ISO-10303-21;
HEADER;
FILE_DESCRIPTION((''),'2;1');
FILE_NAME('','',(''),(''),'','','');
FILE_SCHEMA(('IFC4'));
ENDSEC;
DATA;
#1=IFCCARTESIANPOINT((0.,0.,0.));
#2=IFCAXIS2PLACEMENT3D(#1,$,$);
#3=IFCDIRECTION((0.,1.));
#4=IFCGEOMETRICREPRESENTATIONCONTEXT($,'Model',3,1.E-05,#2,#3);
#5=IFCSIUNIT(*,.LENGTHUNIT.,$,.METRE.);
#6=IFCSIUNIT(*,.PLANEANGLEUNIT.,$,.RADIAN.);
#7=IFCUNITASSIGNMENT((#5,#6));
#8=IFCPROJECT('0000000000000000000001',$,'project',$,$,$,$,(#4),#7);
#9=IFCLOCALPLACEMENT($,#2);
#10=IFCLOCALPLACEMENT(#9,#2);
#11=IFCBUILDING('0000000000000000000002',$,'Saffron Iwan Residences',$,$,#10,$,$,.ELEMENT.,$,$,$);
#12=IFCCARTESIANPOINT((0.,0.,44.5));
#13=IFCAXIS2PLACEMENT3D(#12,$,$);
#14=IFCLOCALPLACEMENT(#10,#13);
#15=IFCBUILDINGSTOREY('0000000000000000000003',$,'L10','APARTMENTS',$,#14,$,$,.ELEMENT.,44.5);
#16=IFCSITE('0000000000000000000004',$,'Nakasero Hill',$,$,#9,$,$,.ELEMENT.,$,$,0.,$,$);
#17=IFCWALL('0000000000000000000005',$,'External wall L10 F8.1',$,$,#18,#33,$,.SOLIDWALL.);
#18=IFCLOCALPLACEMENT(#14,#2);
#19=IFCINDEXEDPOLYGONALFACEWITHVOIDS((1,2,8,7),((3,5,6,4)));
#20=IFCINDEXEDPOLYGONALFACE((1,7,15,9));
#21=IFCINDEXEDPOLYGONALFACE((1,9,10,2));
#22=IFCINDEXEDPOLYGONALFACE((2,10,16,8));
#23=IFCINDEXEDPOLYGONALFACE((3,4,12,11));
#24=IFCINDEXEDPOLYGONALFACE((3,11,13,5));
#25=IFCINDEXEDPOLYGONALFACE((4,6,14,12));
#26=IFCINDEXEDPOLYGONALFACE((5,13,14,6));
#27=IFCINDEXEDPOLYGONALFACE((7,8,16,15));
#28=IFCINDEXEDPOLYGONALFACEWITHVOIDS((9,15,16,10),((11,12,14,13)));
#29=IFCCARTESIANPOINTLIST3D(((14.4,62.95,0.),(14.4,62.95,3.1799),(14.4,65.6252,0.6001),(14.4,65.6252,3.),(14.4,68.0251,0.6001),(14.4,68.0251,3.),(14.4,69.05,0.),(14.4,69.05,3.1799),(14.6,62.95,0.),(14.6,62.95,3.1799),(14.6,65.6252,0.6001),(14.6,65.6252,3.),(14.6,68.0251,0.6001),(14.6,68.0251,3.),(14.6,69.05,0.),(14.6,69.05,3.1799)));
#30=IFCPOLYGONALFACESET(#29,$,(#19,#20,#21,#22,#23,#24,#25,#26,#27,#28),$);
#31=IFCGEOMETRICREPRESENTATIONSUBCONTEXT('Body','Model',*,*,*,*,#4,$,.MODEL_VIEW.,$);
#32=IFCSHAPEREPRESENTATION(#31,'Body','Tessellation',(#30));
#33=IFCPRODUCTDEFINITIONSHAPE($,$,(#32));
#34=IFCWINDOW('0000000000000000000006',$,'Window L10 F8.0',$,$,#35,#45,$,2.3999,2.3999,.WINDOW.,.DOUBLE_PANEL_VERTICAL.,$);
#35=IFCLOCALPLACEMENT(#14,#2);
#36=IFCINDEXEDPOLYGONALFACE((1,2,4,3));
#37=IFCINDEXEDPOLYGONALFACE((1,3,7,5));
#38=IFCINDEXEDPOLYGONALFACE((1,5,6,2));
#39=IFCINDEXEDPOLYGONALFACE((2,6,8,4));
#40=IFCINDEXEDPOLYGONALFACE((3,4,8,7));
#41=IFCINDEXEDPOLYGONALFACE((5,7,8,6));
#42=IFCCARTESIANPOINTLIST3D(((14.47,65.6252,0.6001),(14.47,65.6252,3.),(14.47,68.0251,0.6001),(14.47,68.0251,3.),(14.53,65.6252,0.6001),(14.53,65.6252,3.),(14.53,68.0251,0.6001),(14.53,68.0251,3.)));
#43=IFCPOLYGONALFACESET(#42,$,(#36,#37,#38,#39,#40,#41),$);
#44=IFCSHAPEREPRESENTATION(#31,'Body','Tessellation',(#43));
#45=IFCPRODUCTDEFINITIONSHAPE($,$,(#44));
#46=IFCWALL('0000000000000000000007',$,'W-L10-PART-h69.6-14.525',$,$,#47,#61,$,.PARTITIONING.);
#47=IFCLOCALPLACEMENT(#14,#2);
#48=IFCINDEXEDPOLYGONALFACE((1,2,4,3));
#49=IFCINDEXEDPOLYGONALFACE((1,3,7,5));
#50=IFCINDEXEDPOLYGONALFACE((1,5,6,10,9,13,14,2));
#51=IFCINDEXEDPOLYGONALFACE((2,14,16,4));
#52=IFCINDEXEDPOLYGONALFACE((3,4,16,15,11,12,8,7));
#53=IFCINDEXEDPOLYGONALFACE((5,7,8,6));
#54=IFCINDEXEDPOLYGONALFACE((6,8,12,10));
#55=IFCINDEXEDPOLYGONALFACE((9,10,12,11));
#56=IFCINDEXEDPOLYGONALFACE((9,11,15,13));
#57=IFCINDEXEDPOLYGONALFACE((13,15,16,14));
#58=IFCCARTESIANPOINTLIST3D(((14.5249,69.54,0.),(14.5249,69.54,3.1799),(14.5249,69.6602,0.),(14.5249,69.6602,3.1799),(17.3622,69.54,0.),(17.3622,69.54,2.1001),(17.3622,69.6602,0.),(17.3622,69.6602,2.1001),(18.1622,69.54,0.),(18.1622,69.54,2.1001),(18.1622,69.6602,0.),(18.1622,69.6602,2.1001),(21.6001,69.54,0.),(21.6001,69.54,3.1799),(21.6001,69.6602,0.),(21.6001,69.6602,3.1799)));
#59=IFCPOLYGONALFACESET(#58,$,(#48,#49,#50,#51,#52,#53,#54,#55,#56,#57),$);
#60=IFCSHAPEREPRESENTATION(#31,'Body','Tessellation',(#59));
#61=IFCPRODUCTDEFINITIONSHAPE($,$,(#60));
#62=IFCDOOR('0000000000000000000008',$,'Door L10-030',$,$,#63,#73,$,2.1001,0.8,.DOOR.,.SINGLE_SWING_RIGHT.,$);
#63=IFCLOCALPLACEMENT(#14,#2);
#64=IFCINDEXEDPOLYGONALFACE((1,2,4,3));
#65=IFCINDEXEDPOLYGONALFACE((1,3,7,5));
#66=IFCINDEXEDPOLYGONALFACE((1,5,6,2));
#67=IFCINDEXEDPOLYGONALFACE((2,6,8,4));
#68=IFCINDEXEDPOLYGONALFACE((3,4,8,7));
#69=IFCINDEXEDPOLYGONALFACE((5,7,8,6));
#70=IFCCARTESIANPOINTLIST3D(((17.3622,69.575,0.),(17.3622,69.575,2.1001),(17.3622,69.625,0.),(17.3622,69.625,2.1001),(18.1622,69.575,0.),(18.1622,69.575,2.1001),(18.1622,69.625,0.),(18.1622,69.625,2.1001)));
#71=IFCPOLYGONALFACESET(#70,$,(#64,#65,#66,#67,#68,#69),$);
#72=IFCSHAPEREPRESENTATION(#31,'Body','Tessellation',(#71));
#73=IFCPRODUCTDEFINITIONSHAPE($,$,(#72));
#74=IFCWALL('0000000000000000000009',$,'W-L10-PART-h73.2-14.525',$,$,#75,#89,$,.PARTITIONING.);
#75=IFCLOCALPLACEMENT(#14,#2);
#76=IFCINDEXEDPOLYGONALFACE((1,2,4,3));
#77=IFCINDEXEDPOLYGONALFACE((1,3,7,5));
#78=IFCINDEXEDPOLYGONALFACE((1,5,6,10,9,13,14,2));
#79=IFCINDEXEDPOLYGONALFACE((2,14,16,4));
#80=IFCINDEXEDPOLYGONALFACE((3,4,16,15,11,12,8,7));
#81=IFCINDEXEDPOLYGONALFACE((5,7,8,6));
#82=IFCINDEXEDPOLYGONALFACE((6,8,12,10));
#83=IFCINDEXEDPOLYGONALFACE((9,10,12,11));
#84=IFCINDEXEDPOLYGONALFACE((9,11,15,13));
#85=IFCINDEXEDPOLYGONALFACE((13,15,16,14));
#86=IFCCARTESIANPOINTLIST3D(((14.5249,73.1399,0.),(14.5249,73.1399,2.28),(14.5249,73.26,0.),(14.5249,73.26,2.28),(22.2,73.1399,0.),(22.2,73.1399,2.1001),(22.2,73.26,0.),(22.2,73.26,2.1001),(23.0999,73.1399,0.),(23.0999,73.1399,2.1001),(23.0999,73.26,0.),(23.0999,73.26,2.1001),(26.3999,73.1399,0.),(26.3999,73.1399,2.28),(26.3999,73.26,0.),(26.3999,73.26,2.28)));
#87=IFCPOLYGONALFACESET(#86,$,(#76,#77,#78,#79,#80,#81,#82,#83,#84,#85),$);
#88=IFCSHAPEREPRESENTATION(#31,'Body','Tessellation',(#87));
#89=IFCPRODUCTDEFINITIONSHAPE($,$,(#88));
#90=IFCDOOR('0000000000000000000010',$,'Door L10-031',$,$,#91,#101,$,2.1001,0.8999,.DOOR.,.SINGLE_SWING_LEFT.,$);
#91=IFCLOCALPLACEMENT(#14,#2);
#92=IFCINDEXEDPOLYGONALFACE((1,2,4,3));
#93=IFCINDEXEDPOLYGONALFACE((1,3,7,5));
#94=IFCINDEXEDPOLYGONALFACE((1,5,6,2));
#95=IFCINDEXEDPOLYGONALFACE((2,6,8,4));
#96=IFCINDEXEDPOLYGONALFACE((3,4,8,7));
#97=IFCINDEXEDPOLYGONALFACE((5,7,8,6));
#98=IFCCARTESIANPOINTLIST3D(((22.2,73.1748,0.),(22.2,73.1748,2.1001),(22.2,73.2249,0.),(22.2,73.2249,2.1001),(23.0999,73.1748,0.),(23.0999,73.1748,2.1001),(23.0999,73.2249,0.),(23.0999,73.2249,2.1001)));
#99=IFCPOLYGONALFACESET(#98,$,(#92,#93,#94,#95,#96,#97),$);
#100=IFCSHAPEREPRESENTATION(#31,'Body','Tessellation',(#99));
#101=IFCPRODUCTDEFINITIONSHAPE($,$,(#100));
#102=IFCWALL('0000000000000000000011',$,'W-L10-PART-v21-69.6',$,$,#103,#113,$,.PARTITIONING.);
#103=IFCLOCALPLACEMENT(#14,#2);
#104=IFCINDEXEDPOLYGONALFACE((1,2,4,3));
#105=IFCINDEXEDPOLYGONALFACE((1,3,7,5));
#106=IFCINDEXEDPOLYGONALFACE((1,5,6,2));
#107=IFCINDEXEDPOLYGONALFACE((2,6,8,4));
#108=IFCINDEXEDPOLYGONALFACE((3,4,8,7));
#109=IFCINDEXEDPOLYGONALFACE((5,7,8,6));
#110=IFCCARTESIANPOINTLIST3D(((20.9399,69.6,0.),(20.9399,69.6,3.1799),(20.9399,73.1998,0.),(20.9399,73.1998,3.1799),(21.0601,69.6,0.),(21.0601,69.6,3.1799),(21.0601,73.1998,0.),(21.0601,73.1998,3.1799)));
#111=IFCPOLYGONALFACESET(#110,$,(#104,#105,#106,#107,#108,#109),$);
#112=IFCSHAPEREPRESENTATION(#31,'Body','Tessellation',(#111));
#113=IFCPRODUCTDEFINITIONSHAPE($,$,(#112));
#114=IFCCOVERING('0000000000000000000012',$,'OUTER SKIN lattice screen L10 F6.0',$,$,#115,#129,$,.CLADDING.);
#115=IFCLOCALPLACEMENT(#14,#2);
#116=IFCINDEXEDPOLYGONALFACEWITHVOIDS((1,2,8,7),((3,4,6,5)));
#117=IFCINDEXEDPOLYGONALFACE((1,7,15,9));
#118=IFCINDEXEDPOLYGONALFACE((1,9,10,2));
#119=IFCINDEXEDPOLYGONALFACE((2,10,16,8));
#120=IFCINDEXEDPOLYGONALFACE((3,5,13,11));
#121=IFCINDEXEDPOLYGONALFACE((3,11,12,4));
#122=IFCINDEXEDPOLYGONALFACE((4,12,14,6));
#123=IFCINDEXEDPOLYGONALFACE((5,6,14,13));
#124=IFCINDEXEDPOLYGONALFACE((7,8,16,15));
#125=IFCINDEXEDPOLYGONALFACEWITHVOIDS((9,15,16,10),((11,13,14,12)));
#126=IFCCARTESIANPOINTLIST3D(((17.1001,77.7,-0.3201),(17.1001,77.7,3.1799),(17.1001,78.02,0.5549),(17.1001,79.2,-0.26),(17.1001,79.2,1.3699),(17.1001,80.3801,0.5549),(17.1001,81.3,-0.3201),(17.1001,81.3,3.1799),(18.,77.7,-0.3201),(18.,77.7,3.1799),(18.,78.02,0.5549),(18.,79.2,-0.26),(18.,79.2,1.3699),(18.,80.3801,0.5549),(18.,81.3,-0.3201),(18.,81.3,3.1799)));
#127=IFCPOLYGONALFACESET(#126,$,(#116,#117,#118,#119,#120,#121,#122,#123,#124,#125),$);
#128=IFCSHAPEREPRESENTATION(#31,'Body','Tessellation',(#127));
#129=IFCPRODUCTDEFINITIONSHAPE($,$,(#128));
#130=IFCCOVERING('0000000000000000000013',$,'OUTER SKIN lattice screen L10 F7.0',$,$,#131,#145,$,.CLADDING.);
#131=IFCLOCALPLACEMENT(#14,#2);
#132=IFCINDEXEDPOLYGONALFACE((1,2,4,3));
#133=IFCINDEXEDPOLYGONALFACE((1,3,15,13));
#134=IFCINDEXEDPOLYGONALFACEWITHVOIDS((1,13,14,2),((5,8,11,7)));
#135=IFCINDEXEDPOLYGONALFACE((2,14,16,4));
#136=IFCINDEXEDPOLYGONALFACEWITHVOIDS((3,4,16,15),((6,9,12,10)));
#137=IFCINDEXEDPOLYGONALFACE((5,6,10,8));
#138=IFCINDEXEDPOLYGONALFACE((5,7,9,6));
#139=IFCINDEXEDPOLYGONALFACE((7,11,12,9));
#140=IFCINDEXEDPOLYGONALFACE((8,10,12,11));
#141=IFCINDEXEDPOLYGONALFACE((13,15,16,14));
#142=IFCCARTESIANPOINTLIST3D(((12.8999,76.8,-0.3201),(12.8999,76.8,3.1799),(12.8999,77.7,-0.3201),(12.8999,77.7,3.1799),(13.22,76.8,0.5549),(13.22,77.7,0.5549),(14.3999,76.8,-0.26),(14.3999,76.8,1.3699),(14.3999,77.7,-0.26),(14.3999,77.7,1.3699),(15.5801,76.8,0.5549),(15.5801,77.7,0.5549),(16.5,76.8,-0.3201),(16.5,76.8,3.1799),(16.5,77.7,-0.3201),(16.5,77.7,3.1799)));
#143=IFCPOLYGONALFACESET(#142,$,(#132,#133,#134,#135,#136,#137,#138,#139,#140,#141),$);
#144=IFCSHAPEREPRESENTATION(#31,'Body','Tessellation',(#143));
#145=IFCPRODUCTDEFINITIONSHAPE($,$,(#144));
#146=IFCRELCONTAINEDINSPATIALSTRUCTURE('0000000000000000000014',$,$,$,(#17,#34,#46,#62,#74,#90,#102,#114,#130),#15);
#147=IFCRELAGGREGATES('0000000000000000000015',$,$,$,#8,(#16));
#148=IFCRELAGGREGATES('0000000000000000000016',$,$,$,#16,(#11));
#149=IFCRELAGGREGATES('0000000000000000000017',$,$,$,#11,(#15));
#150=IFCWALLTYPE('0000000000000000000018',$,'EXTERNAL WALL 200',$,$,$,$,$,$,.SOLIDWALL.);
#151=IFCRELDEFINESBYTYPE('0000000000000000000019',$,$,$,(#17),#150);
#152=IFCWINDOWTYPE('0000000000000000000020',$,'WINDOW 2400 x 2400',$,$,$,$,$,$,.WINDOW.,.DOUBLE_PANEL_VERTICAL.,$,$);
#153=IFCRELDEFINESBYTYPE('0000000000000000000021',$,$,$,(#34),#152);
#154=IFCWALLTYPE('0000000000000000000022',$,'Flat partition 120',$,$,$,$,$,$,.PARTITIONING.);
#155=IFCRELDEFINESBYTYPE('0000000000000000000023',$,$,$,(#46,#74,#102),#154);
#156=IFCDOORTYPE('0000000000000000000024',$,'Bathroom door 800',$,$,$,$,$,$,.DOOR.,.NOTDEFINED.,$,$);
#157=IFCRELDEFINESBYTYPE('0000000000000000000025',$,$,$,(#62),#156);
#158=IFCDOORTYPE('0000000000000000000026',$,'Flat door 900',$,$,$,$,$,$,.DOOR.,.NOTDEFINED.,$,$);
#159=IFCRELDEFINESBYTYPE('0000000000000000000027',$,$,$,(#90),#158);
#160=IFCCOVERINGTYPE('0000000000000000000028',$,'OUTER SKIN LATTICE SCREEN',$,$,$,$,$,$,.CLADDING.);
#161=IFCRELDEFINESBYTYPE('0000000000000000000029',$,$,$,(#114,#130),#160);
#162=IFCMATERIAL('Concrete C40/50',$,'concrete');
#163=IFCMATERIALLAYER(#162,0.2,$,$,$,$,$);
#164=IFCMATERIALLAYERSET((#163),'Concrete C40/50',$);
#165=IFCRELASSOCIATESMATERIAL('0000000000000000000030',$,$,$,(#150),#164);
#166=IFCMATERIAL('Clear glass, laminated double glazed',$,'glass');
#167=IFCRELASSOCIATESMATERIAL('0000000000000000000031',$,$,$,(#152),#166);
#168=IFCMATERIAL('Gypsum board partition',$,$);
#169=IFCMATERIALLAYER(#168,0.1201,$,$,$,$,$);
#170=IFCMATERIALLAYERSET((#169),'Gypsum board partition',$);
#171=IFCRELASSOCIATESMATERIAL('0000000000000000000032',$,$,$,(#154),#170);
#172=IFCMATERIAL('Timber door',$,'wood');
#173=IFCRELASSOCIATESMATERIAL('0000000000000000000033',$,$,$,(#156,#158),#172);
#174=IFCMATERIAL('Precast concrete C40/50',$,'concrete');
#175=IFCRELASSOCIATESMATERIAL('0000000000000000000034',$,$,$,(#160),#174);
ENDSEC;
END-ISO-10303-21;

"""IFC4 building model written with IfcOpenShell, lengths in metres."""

from ifc_helpers import new_model, si_unit, direction, frame, frame_2d, origin, place, context, subcontext, project, spatial, polyline, rectangle, outline, extrude, material, layer, layer_set, type_object, element, fill, save


model = new_model("IFC4")

# Units and contexts
model_context = context("Model", 3, precision=1e-05, world=origin(), true_north=direction((0.0, 1.0)))
body_context = subcontext(model_context, "Body", "Model", "MODEL_VIEW")
ifc_project = project(units=[si_unit("LENGTHUNIT", "METRE"), si_unit("PLANEANGLEUNIT", "RADIAN")], contexts=[model_context])

# Site, building, storey
site_placement = place(None, origin())
site = spatial("IfcSite", under=ifc_project, at=site_placement, Name="Nakasero Hill", CompositionType="ELEMENT", RefElevation=0.0)
building_placement = place(site_placement, origin())
building = spatial("IfcBuilding", under=site, at=building_placement, Name="Saffron Iwan Residences", CompositionType="ELEMENT")
storey_placement = place(building_placement, frame((0.0, 0.0, 44.5)))
storey = spatial("IfcBuildingStorey", under=building, at=storey_placement, Name="L10", Description="APARTMENTS", CompositionType="ELEMENT", Elevation=44.5)

# Shared definitions
ifc_material_1 = material(Name="Concrete C40/50", Category="concrete")
ifc_layer_1 = layer(ifc_material_1, 0.2)
ifc_layer_set_1 = layer_set([ifc_layer_1], Name="Concrete C40/50")
wall_type_1 = type_object("IfcWallType", Name="EXTERNAL WALL 200", PredefinedType="SOLIDWALL", material=ifc_layer_set_1)
ifc_material_2 = material(Name="Clear glass, laminated double glazed", Category="glass")
window_type_1 = type_object("IfcWindowType", Name="WINDOW 2400 x 2400", PartitioningType="DOUBLE_PANEL_VERTICAL", PredefinedType="WINDOW", material=ifc_material_2)

# Wall, opening, window
wall_1_placement = place(storey_placement, frame((14.5, 69.05, 0.0), z_axis=(0.0, 0.0, 1.0), x_axis=(0.0, -1.0, 0.0)))
wall_1 = element("IfcWall", 1, at=wall_1_placement, inside=storey, type_object=wall_type_1, Name="External wall L10 F8.1", PredefinedType="SOLIDWALL", context=body_context, shape_type="SweptSolid", body=[
    extrude(rectangle(XDim=6.1001, YDim=0.2, at=frame_2d((3.05, 0.0))), origin(), (0.0, 0.0, 1.0), 3.1799),
])
opening_1_placement = place(wall_1_placement, frame((1.0249, 0.0, 0.6001)))
opening_1 = element("IfcOpeningElement", 2, at=opening_1_placement, cuts=wall_1, PredefinedType="OPENING", context=body_context, shape_type="SweptSolid", body=[
    extrude(rectangle(XDim=2.3999, YDim=2.3999, at=frame_2d((1.2, 1.2))), frame((0.0, 0.1099, 0.0), z_axis=(0.0, -1.0, 0.0), x_axis=(1.0, 0.0, 0.0)), (0.0, 0.0, 1.0), 0.22),
])
window_1_placement = place(opening_1_placement, origin())
window_1 = element("IfcWindow", 3, at=window_1_placement, inside=storey, type_object=window_type_1, Name="Window L10 F8.0", OverallHeight=2.3999, OverallWidth=2.3999, PartitioningType="DOUBLE_PANEL_VERTICAL", PredefinedType="WINDOW", context=body_context, shape_type="SweptSolid", body=[
    extrude(rectangle(XDim=2.3999, YDim=2.3999, at=frame_2d((1.2, 1.2))), frame((0.0, 0.03, 0.0), z_axis=(0.0, -1.0, 0.0), x_axis=(1.0, 0.0, 0.0)), (0.0, 0.0, 1.0), 0.0601),
])
fill(opening_1, window_1)

# Walls, openings, doors
ifc_material_3 = material(Name="Gypsum board partition")
ifc_layer_2 = layer(ifc_material_3, 0.1201)
ifc_layer_set_2 = layer_set([ifc_layer_2], Name="Gypsum board partition")
wall_type_2 = type_object("IfcWallType", Name="Flat partition 120", PredefinedType="PARTITIONING", material=ifc_layer_set_2)
wall_2_placement = place(storey_placement, frame((14.5249, 69.6001, 0.0), z_axis=(0.0, 0.0, 1.0), x_axis=(1.0, 0.0, 0.0)))
wall_2 = element("IfcWall", 4, at=wall_2_placement, inside=storey, type_object=wall_type_2, Name="W-L10-PART-h69.6-14.525", PredefinedType="PARTITIONING", context=body_context, shape_type="SweptSolid", body=[
    extrude(rectangle(XDim=7.0752, YDim=0.1201, at=frame_2d((3.5376, 0.0))), origin(), (0.0, 0.0, 1.0), 3.1799),
])
opening_2_placement = place(wall_2_placement, frame((2.8374, 0.0, 0.0)))
opening_2 = element("IfcOpeningElement", 5, at=opening_2_placement, cuts=wall_2, PredefinedType="OPENING", context=body_context, shape_type="SweptSolid", body=[
    extrude(rectangle(XDim=0.8, YDim=2.1001, at=frame_2d((0.3999, 1.05))), frame((0.0, 0.0701, 0.0), z_axis=(0.0, -1.0, 0.0), x_axis=(1.0, 0.0, 0.0)), (0.0, 0.0, 1.0), 0.1401),
])
ifc_material_4 = material(Name="Timber door", Category="wood")
door_type_1 = type_object("IfcDoorType", Name="Bathroom door 800", OperationType="NOTDEFINED", PredefinedType="DOOR", material=ifc_material_4)
door_1_placement = place(opening_2_placement, origin())
door_1 = element("IfcDoor", 6, at=door_1_placement, inside=storey, type_object=door_type_1, Name="Door L10-030", OperationType="SINGLE_SWING_RIGHT", OverallHeight=2.1001, OverallWidth=0.8, PredefinedType="DOOR", context=body_context, shape_type="SweptSolid", body=[
    extrude(rectangle(XDim=0.8, YDim=2.1001, at=frame_2d((0.3999, 1.05))), frame((0.0, 0.0249, 0.0), z_axis=(0.0, -1.0, 0.0), x_axis=(1.0, 0.0, 0.0)), (0.0, 0.0, 1.0), 0.05),
])
fill(opening_2, door_1)
wall_3_placement = place(storey_placement, frame((14.5249, 73.2, 0.0), z_axis=(0.0, 0.0, 1.0), x_axis=(1.0, 0.0, 0.0)))
wall_3 = element("IfcWall", 7, at=wall_3_placement, inside=storey, type_object=wall_type_2, Name="W-L10-PART-h73.2-14.525", PredefinedType="PARTITIONING", context=body_context, shape_type="SweptSolid", body=[
    extrude(rectangle(XDim=11.875, YDim=0.1201, at=frame_2d((5.9375, 0.0))), origin(), (0.0, 0.0, 1.0), 2.28),
])
opening_3_placement = place(wall_3_placement, frame((7.675, 0.0, 0.0)))
opening_3 = element("IfcOpeningElement", 8, at=opening_3_placement, cuts=wall_3, PredefinedType="OPENING", context=body_context, shape_type="SweptSolid", body=[
    extrude(rectangle(XDim=0.8999, YDim=2.1001, at=frame_2d((0.45, 1.05))), frame((0.0, 0.0701, 0.0), z_axis=(0.0, -1.0, 0.0), x_axis=(1.0, 0.0, 0.0)), (0.0, 0.0, 1.0), 0.1401),
])
door_type_2 = type_object("IfcDoorType", Name="Flat door 900", OperationType="NOTDEFINED", PredefinedType="DOOR", material=ifc_material_4)
door_2_placement = place(opening_3_placement, origin())
door_2 = element("IfcDoor", 9, at=door_2_placement, inside=storey, type_object=door_type_2, Name="Door L10-031", OperationType="SINGLE_SWING_LEFT", OverallHeight=2.1001, OverallWidth=0.8999, PredefinedType="DOOR", context=body_context, shape_type="SweptSolid", body=[
    extrude(rectangle(XDim=0.8999, YDim=2.1001, at=frame_2d((0.45, 1.05))), frame((0.0, 0.0249, 0.0), z_axis=(0.0, -1.0, 0.0), x_axis=(1.0, 0.0, 0.0)), (0.0, 0.0, 1.0), 0.05),
])
fill(opening_3, door_2)

# Wall
wall_4_placement = place(storey_placement, frame((21.0, 69.6001, 0.0), z_axis=(0.0, 0.0, 1.0), x_axis=(0.0, 1.0, 0.0)))
element("IfcWall", 10, at=wall_4_placement, inside=storey, type_object=wall_type_2, Name="W-L10-PART-v21-69.6", PredefinedType="PARTITIONING", context=body_context, shape_type="SweptSolid", body=[
    extrude(rectangle(XDim=3.5999, YDim=0.1201, at=frame_2d((1.7998, 0.0))), origin(), (0.0, 0.0, 1.0), 3.1799),
])

# Coverings
ifc_material_5 = material(Name="Precast concrete C40/50", Category="concrete")
covering_type = type_object("IfcCoveringType", Name="OUTER SKIN LATTICE SCREEN", PredefinedType="CLADDING", material=ifc_material_5)
for number, where, z_axis, x_axis, name in (
    (11, (18.0, 81.3, -0.3201), (-1.0, 0.0, 0.0), (0.0, -1.0, 0.0), "OUTER SKIN lattice screen L10 F6.0"),
    (12, (16.5, 76.8, -0.3201), (0.0, 1.0, 0.0), (-1.0, 0.0, 0.0), "OUTER SKIN lattice screen L10 F7.0"),
):
    element("IfcCovering", number, at=place(storey_placement, frame(where, z_axis=z_axis, x_axis=x_axis)), inside=storey, type_object=covering_type, Name=name, PredefinedType="CLADDING", context=body_context, shape_type="SweptSolid", body=[
        extrude(outline(polyline([(0.0, 0.0), (3.6001, 0.0), (3.6001, 3.5), (0.0, 3.5), (0.0, 0.0)]), holes=[polyline([(0.9199, 0.875), (2.1001, 0.0601), (3.28, 0.875), (2.1001, 1.6899), (0.9199, 0.875)])]), origin(), (0.0, 0.0, 1.0), 0.8999),
    ])

save(model, "model.ifc")
